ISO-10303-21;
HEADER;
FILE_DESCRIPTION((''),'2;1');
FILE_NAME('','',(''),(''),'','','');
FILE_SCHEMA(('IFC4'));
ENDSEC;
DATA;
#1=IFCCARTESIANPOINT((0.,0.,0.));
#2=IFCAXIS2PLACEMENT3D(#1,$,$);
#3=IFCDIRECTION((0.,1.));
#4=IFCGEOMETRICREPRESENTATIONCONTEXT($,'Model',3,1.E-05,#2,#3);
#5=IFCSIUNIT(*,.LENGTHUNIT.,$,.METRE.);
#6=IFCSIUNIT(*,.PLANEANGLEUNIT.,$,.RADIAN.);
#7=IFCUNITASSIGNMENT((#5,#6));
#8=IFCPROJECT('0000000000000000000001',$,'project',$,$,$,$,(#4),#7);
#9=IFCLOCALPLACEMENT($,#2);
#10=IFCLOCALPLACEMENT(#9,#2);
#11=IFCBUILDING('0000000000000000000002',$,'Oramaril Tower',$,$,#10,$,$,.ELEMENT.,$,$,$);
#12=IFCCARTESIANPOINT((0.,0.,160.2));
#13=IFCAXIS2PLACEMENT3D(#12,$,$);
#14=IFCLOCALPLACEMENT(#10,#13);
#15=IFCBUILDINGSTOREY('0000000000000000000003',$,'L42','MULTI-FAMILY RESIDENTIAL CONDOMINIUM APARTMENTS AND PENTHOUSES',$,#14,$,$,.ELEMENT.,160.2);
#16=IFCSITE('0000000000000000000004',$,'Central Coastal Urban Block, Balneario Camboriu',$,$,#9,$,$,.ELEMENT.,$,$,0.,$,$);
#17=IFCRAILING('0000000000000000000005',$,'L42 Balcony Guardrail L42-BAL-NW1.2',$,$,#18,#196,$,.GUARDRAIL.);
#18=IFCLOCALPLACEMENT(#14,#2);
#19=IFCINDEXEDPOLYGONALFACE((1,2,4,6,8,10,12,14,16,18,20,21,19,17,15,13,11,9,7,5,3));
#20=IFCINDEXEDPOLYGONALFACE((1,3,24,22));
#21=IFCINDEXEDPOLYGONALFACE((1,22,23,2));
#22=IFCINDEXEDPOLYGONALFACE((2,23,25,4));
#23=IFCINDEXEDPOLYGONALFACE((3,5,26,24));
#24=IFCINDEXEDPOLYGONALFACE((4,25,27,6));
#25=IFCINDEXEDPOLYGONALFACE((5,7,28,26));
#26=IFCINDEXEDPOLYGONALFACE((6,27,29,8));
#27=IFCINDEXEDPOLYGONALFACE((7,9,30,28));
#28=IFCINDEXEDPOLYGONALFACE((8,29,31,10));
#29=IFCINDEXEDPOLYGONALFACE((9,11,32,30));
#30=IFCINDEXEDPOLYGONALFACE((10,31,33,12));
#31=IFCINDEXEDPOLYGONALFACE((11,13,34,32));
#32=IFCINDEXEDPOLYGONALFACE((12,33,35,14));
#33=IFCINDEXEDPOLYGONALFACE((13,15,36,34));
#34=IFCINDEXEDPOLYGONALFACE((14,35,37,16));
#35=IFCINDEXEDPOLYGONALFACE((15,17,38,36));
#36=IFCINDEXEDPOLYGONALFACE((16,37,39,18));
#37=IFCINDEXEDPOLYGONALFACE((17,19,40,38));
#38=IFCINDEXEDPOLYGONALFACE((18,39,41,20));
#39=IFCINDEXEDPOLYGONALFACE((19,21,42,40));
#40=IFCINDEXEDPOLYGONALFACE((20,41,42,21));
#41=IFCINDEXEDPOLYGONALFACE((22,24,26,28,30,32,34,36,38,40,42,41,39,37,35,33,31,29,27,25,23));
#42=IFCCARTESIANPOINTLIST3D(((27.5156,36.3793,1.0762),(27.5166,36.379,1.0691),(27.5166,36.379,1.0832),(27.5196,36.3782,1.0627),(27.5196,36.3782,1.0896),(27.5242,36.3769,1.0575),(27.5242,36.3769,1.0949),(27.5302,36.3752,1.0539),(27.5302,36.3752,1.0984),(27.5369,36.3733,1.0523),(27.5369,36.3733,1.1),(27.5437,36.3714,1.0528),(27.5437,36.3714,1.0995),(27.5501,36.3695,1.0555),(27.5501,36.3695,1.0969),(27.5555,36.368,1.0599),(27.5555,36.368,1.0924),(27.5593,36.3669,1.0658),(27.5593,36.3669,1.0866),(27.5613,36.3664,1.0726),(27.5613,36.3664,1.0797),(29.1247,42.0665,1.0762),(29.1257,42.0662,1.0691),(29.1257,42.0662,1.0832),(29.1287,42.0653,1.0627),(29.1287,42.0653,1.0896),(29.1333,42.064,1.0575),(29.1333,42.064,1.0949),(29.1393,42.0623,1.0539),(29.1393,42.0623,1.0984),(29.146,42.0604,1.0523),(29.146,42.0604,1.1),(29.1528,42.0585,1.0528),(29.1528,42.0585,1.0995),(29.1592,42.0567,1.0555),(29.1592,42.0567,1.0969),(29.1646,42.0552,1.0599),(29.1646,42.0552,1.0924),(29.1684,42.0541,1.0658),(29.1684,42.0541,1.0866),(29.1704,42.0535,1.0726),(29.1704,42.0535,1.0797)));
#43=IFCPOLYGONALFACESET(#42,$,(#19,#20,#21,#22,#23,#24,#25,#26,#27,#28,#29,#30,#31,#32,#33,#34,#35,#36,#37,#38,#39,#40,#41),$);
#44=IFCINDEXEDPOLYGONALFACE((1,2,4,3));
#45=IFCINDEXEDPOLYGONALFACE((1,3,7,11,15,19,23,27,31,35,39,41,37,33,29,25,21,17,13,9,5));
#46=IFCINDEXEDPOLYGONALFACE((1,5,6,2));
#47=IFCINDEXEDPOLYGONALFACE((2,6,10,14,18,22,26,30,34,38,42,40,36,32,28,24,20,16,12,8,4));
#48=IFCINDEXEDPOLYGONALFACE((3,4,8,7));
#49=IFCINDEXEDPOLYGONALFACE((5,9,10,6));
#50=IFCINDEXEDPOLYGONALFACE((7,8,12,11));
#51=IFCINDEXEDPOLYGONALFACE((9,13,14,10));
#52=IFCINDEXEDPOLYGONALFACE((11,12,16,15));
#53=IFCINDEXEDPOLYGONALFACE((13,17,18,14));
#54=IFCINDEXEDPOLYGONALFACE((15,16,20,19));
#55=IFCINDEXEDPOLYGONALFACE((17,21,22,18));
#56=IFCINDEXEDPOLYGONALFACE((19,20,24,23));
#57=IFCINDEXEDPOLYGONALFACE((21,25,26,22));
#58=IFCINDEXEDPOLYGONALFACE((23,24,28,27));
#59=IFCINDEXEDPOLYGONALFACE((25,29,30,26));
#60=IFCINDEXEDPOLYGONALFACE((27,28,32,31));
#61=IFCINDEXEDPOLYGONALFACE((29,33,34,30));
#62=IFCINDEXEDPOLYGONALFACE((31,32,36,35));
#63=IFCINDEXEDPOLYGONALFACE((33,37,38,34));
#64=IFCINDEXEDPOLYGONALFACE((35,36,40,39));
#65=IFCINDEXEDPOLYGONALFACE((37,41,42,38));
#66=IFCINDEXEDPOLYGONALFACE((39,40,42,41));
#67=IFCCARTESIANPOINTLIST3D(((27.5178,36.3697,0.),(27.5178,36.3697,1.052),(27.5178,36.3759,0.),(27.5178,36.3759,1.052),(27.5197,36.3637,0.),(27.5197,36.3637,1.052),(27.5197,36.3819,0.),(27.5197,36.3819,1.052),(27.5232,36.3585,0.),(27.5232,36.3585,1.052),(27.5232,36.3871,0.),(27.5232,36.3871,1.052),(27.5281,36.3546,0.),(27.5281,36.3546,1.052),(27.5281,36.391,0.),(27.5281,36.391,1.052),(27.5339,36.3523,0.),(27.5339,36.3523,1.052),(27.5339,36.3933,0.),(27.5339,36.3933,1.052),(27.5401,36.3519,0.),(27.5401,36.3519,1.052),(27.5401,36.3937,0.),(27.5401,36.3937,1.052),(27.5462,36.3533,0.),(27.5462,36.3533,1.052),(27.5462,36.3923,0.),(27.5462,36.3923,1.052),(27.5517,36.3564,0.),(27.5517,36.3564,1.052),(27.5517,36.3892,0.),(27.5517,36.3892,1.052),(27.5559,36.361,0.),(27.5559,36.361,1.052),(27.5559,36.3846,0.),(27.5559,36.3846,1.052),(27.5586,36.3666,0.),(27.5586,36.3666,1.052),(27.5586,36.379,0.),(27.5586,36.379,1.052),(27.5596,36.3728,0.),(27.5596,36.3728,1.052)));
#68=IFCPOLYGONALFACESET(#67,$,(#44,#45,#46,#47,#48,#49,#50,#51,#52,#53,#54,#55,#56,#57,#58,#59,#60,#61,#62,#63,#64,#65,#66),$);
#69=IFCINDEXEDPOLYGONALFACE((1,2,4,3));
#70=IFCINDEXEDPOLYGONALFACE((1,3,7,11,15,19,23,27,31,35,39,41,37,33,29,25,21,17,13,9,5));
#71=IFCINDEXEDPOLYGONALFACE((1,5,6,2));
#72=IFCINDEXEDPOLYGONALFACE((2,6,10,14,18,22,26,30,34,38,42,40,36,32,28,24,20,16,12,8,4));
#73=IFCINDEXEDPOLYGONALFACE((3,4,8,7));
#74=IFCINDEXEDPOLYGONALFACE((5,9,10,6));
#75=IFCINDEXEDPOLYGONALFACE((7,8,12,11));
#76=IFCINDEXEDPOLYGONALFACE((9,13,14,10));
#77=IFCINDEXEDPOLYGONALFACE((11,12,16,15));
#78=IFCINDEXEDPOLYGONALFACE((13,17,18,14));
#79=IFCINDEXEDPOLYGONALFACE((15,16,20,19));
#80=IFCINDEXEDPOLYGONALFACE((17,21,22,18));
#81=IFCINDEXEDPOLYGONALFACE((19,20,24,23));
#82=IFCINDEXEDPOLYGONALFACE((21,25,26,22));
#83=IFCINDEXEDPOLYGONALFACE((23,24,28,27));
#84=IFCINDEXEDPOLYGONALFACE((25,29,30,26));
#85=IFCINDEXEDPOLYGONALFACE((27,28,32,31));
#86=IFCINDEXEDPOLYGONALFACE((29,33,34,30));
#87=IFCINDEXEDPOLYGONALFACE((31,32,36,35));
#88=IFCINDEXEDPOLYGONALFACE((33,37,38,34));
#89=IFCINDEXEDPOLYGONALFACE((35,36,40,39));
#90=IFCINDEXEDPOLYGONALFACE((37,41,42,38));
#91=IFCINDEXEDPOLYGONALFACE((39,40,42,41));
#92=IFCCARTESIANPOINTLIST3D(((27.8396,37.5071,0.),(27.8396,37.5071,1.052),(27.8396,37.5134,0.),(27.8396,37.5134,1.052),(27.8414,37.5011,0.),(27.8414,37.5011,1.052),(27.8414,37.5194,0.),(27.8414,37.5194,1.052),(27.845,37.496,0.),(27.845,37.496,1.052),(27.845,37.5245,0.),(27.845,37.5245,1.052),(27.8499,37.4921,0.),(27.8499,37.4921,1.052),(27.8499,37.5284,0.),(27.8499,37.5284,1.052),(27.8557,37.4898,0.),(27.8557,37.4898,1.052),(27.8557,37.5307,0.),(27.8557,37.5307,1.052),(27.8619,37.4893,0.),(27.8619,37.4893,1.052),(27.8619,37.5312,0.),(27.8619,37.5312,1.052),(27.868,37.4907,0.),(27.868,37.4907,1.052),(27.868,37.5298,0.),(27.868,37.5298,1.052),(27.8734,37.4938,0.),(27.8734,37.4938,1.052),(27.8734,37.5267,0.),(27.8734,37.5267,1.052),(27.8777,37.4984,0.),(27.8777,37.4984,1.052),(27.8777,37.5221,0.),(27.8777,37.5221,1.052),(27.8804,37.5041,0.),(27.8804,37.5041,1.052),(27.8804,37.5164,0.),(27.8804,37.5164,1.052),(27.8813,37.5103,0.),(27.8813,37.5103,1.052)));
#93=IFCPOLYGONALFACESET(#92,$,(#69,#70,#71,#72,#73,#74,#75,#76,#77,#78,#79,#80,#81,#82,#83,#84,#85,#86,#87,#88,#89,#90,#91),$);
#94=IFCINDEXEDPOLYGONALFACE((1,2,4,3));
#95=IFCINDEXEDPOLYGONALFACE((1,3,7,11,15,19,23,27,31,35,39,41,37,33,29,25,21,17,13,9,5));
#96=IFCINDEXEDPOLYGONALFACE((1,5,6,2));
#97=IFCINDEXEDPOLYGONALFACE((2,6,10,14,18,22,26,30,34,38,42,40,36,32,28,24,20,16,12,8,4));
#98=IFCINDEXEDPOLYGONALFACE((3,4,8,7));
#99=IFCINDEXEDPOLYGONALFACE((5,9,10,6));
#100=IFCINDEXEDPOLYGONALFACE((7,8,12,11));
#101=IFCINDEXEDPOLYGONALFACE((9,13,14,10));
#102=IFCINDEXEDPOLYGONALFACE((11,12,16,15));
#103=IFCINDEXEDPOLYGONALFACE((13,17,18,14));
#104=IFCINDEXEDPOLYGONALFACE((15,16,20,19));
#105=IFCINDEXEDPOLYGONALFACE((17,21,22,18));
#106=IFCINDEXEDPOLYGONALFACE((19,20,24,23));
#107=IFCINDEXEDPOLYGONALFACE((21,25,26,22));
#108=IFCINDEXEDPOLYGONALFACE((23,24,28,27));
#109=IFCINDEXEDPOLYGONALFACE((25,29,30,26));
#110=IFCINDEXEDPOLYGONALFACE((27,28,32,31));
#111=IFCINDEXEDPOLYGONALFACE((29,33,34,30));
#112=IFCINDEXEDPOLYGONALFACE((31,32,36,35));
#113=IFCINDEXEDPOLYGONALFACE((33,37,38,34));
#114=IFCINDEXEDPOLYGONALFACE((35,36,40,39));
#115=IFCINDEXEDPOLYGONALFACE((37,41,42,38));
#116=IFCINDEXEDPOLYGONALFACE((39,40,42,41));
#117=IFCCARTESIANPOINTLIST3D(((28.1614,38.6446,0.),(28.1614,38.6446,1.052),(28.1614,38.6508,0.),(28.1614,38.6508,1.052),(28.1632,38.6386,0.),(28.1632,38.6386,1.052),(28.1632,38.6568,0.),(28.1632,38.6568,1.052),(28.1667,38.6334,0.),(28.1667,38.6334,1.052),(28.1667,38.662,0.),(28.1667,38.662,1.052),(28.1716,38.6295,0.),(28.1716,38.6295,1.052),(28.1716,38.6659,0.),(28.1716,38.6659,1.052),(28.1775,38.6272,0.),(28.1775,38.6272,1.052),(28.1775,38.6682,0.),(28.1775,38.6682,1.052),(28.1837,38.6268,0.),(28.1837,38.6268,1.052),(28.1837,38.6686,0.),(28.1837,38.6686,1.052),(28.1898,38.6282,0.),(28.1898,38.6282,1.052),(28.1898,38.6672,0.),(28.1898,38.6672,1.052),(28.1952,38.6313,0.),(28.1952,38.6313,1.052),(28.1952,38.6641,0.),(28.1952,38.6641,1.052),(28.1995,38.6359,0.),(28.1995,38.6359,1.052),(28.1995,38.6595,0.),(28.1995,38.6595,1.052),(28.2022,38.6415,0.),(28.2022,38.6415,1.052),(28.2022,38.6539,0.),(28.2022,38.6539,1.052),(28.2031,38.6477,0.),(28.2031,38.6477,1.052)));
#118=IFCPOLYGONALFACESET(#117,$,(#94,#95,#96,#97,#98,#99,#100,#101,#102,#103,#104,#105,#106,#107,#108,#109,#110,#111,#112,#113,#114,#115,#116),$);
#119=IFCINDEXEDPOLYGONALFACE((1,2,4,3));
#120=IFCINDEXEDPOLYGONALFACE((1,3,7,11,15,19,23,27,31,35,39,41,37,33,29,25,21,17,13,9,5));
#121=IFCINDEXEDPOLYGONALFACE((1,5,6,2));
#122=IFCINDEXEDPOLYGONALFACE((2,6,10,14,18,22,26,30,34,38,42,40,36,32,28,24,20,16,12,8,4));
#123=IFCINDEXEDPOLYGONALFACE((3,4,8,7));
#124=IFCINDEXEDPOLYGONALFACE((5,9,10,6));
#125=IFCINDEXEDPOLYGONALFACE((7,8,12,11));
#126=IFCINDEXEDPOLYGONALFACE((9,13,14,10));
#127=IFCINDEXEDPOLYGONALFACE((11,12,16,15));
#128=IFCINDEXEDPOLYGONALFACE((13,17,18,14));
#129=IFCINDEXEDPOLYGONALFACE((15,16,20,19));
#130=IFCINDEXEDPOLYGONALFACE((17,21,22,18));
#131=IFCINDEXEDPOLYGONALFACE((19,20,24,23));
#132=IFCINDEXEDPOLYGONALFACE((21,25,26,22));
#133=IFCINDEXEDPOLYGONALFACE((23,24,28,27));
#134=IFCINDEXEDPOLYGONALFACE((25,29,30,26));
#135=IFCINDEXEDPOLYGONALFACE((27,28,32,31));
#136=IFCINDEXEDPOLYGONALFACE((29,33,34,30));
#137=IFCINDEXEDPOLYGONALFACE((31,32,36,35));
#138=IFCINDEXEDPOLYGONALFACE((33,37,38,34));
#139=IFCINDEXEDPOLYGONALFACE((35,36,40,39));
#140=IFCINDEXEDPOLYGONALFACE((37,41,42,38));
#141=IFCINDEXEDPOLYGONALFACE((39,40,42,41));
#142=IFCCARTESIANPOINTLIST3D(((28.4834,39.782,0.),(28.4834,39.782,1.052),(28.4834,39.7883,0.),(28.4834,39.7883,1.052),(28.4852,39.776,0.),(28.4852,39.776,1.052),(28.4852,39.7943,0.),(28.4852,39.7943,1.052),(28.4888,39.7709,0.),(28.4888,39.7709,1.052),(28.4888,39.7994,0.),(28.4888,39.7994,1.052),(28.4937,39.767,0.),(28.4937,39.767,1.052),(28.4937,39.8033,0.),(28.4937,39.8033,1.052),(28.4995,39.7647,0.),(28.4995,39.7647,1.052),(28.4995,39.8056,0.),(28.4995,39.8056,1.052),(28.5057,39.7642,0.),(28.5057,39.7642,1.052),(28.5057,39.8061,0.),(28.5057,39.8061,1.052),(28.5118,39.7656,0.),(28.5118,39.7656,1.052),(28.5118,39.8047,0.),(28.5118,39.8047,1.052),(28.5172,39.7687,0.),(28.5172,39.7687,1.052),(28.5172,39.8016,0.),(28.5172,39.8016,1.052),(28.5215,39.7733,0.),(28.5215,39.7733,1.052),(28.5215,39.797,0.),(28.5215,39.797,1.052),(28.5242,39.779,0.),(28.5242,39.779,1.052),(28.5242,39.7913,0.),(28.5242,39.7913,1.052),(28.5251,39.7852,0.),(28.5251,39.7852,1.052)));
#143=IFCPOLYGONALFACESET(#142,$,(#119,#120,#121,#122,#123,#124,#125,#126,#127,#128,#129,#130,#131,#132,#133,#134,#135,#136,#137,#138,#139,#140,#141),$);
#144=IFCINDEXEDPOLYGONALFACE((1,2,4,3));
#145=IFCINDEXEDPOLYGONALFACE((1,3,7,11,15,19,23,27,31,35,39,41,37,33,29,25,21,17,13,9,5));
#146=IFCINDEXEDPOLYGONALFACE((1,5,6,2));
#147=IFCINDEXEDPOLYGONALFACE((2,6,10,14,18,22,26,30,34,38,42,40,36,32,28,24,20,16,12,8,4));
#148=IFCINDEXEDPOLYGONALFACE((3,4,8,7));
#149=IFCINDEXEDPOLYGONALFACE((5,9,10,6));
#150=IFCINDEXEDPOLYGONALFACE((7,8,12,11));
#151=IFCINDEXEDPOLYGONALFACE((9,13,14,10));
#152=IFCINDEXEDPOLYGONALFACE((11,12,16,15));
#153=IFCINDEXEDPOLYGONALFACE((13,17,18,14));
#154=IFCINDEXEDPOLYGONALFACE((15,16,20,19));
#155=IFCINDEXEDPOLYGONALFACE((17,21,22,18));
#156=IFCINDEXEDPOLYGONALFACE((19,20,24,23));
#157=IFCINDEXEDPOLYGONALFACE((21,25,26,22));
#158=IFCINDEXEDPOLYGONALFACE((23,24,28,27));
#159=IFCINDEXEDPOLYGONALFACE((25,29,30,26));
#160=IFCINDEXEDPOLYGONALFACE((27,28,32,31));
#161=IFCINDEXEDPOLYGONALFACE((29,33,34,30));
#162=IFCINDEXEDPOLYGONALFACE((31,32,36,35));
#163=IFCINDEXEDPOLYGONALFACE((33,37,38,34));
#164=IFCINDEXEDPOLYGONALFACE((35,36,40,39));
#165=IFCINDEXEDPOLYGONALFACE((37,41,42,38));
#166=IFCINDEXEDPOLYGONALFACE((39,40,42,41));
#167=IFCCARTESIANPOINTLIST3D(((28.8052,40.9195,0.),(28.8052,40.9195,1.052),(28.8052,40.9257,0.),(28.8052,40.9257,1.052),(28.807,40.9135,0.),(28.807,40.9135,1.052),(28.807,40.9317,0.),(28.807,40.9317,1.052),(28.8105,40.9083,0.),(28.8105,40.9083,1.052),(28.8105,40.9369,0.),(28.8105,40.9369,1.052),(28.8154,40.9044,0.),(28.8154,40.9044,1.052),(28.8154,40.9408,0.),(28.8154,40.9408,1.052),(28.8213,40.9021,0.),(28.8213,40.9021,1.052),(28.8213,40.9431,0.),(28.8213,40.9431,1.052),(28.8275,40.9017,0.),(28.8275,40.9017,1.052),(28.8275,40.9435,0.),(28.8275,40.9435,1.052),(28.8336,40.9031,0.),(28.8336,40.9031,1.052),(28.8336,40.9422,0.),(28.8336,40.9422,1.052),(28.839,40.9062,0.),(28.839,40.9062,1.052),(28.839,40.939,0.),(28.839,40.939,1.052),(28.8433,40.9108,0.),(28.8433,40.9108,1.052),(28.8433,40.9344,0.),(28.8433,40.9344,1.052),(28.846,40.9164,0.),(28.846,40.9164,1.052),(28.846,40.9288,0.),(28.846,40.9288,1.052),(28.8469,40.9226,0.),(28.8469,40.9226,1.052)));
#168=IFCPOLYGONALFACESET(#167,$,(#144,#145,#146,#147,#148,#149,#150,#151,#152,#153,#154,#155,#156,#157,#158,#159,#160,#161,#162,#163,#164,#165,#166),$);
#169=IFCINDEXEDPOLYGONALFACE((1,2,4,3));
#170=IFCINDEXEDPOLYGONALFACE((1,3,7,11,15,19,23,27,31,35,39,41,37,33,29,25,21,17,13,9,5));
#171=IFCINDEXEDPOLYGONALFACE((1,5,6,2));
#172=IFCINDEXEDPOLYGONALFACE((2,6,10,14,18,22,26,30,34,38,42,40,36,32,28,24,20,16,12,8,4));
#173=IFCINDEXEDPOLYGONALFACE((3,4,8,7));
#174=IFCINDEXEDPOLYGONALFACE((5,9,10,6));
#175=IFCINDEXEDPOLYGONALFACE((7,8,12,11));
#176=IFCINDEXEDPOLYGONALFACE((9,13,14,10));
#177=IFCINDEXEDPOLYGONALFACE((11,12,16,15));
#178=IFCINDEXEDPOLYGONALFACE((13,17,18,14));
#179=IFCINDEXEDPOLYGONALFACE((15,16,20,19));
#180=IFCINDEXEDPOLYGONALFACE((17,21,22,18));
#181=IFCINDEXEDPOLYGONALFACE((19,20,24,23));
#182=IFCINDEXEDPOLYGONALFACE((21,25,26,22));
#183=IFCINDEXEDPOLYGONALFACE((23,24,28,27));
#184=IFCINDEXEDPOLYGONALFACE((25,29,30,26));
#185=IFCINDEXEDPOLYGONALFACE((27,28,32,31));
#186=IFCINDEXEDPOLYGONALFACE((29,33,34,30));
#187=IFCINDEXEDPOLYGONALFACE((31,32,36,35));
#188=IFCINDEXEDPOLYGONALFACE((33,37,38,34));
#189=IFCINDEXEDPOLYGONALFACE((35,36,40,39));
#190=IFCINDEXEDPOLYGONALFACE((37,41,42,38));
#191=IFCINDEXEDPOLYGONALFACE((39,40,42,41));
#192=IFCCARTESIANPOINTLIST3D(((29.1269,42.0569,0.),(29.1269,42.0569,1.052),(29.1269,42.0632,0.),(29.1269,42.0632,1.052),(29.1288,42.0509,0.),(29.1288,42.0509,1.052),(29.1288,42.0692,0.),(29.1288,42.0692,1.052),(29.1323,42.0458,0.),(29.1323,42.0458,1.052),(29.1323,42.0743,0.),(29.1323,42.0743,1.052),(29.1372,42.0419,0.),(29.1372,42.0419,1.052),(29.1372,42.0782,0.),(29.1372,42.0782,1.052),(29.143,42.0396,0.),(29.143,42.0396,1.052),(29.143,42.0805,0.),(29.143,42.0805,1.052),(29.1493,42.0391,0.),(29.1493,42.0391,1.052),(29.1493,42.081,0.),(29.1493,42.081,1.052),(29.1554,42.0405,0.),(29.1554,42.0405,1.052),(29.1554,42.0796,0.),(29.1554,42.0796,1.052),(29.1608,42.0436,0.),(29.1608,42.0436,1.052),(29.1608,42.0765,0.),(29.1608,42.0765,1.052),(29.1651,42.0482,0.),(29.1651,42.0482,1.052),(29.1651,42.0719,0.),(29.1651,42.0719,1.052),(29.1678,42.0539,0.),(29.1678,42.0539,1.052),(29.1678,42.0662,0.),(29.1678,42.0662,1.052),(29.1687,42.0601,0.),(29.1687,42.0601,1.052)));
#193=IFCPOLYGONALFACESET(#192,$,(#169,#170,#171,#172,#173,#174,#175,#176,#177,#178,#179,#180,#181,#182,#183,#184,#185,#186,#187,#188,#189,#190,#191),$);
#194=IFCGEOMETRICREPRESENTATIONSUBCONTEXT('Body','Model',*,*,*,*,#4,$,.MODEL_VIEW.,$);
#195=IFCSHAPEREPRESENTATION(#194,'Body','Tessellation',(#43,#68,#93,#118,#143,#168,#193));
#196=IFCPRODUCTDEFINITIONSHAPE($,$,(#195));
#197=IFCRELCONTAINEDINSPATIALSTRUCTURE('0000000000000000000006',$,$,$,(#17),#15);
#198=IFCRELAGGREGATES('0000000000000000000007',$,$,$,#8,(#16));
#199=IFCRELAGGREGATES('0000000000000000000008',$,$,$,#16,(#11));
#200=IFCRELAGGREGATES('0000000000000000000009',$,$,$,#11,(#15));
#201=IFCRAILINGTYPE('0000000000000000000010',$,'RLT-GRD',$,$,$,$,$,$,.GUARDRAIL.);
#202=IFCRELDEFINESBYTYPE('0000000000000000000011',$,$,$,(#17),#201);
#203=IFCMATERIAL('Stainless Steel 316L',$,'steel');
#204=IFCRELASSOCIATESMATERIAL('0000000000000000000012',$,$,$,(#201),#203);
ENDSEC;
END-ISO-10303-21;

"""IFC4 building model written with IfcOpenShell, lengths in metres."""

from ifc_helpers import new_model, si_unit, direction, frame, origin, origin_2d, place, context, subcontext, project, spatial, circle, extrude, material, type_object, element, save


model = new_model("IFC4")

# Units and contexts
model_context = context("Model", 3, precision=1e-05, world=origin(), true_north=direction((0.0, 1.0)))
body_context = subcontext(model_context, "Body", "Model", "MODEL_VIEW")
ifc_project = project(units=[si_unit("LENGTHUNIT", "METRE"), si_unit("PLANEANGLEUNIT", "RADIAN")], contexts=[model_context])

# Site, building, storey
site_placement = place(None, origin())
site = spatial("IfcSite", under=ifc_project, at=site_placement, Name="Central Coastal Urban Block, Balneario Camboriu", CompositionType="ELEMENT", RefElevation=0.0)
building_placement = place(site_placement, origin())
building = spatial("IfcBuilding", under=site, at=building_placement, Name="Oramaril Tower", CompositionType="ELEMENT")
storey_placement = place(building_placement, frame((0.0, 0.0, 160.2)))
storey = spatial("IfcBuildingStorey", under=building, at=storey_placement, Name="L42", Description="MULTI-FAMILY RESIDENTIAL CONDOMINIUM APARTMENTS AND PENTHOUSES", CompositionType="ELEMENT", Elevation=160.2)

# Railing
ifc_material_1 = material(Name="Stainless Steel 316L", Category="steel")
railing_type = type_object("IfcRailingType", Name="RLT-GRD", PredefinedType="GUARDRAIL", material=ifc_material_1)
railing_1_placement = place(storey_placement, frame((27.5386, 36.3728, 0.0)))
element("IfcRailing", 1, at=railing_1_placement, inside=storey, type_object=railing_type, Name="L42 Balcony Guardrail L42-BAL-NW1.2", PredefinedType="GUARDRAIL", context=body_context, shape_type="SweptSolid", body=[
    extrude(circle(Radius=0.0239, at=origin_2d()), frame((0.0, 0.0, 1.0762), z_axis=(0.272249, 0.962227, 0.0), x_axis=(-0.962227, 0.272249, 0.0)), (0.0, 0.0, 1.0), 5.9104),
    extrude(circle(Radius=0.021, at=origin_2d()), origin(), (0.0, 0.0, 1.0), 1.052),
    extrude(circle(Radius=0.021, at=origin_2d()), frame((0.3218, 1.1375, 0.0)), (0.0, 0.0, 1.0), 1.052),
    extrude(circle(Radius=0.021, at=origin_2d()), frame((0.6436, 2.2749, 0.0)), (0.0, 0.0, 1.0), 1.052),
    extrude(circle(Radius=0.021, at=origin_2d()), frame((0.9656, 3.4124, 0.0)), (0.0, 0.0, 1.0), 1.052),
    extrude(circle(Radius=0.021, at=origin_2d()), frame((1.2874, 4.5498, 0.0)), (0.0, 0.0, 1.0), 1.052),
    extrude(circle(Radius=0.021, at=origin_2d()), frame((1.6091, 5.6873, 0.0)), (0.0, 0.0, 1.0), 1.052),
])

save(model, "model.ifc")
